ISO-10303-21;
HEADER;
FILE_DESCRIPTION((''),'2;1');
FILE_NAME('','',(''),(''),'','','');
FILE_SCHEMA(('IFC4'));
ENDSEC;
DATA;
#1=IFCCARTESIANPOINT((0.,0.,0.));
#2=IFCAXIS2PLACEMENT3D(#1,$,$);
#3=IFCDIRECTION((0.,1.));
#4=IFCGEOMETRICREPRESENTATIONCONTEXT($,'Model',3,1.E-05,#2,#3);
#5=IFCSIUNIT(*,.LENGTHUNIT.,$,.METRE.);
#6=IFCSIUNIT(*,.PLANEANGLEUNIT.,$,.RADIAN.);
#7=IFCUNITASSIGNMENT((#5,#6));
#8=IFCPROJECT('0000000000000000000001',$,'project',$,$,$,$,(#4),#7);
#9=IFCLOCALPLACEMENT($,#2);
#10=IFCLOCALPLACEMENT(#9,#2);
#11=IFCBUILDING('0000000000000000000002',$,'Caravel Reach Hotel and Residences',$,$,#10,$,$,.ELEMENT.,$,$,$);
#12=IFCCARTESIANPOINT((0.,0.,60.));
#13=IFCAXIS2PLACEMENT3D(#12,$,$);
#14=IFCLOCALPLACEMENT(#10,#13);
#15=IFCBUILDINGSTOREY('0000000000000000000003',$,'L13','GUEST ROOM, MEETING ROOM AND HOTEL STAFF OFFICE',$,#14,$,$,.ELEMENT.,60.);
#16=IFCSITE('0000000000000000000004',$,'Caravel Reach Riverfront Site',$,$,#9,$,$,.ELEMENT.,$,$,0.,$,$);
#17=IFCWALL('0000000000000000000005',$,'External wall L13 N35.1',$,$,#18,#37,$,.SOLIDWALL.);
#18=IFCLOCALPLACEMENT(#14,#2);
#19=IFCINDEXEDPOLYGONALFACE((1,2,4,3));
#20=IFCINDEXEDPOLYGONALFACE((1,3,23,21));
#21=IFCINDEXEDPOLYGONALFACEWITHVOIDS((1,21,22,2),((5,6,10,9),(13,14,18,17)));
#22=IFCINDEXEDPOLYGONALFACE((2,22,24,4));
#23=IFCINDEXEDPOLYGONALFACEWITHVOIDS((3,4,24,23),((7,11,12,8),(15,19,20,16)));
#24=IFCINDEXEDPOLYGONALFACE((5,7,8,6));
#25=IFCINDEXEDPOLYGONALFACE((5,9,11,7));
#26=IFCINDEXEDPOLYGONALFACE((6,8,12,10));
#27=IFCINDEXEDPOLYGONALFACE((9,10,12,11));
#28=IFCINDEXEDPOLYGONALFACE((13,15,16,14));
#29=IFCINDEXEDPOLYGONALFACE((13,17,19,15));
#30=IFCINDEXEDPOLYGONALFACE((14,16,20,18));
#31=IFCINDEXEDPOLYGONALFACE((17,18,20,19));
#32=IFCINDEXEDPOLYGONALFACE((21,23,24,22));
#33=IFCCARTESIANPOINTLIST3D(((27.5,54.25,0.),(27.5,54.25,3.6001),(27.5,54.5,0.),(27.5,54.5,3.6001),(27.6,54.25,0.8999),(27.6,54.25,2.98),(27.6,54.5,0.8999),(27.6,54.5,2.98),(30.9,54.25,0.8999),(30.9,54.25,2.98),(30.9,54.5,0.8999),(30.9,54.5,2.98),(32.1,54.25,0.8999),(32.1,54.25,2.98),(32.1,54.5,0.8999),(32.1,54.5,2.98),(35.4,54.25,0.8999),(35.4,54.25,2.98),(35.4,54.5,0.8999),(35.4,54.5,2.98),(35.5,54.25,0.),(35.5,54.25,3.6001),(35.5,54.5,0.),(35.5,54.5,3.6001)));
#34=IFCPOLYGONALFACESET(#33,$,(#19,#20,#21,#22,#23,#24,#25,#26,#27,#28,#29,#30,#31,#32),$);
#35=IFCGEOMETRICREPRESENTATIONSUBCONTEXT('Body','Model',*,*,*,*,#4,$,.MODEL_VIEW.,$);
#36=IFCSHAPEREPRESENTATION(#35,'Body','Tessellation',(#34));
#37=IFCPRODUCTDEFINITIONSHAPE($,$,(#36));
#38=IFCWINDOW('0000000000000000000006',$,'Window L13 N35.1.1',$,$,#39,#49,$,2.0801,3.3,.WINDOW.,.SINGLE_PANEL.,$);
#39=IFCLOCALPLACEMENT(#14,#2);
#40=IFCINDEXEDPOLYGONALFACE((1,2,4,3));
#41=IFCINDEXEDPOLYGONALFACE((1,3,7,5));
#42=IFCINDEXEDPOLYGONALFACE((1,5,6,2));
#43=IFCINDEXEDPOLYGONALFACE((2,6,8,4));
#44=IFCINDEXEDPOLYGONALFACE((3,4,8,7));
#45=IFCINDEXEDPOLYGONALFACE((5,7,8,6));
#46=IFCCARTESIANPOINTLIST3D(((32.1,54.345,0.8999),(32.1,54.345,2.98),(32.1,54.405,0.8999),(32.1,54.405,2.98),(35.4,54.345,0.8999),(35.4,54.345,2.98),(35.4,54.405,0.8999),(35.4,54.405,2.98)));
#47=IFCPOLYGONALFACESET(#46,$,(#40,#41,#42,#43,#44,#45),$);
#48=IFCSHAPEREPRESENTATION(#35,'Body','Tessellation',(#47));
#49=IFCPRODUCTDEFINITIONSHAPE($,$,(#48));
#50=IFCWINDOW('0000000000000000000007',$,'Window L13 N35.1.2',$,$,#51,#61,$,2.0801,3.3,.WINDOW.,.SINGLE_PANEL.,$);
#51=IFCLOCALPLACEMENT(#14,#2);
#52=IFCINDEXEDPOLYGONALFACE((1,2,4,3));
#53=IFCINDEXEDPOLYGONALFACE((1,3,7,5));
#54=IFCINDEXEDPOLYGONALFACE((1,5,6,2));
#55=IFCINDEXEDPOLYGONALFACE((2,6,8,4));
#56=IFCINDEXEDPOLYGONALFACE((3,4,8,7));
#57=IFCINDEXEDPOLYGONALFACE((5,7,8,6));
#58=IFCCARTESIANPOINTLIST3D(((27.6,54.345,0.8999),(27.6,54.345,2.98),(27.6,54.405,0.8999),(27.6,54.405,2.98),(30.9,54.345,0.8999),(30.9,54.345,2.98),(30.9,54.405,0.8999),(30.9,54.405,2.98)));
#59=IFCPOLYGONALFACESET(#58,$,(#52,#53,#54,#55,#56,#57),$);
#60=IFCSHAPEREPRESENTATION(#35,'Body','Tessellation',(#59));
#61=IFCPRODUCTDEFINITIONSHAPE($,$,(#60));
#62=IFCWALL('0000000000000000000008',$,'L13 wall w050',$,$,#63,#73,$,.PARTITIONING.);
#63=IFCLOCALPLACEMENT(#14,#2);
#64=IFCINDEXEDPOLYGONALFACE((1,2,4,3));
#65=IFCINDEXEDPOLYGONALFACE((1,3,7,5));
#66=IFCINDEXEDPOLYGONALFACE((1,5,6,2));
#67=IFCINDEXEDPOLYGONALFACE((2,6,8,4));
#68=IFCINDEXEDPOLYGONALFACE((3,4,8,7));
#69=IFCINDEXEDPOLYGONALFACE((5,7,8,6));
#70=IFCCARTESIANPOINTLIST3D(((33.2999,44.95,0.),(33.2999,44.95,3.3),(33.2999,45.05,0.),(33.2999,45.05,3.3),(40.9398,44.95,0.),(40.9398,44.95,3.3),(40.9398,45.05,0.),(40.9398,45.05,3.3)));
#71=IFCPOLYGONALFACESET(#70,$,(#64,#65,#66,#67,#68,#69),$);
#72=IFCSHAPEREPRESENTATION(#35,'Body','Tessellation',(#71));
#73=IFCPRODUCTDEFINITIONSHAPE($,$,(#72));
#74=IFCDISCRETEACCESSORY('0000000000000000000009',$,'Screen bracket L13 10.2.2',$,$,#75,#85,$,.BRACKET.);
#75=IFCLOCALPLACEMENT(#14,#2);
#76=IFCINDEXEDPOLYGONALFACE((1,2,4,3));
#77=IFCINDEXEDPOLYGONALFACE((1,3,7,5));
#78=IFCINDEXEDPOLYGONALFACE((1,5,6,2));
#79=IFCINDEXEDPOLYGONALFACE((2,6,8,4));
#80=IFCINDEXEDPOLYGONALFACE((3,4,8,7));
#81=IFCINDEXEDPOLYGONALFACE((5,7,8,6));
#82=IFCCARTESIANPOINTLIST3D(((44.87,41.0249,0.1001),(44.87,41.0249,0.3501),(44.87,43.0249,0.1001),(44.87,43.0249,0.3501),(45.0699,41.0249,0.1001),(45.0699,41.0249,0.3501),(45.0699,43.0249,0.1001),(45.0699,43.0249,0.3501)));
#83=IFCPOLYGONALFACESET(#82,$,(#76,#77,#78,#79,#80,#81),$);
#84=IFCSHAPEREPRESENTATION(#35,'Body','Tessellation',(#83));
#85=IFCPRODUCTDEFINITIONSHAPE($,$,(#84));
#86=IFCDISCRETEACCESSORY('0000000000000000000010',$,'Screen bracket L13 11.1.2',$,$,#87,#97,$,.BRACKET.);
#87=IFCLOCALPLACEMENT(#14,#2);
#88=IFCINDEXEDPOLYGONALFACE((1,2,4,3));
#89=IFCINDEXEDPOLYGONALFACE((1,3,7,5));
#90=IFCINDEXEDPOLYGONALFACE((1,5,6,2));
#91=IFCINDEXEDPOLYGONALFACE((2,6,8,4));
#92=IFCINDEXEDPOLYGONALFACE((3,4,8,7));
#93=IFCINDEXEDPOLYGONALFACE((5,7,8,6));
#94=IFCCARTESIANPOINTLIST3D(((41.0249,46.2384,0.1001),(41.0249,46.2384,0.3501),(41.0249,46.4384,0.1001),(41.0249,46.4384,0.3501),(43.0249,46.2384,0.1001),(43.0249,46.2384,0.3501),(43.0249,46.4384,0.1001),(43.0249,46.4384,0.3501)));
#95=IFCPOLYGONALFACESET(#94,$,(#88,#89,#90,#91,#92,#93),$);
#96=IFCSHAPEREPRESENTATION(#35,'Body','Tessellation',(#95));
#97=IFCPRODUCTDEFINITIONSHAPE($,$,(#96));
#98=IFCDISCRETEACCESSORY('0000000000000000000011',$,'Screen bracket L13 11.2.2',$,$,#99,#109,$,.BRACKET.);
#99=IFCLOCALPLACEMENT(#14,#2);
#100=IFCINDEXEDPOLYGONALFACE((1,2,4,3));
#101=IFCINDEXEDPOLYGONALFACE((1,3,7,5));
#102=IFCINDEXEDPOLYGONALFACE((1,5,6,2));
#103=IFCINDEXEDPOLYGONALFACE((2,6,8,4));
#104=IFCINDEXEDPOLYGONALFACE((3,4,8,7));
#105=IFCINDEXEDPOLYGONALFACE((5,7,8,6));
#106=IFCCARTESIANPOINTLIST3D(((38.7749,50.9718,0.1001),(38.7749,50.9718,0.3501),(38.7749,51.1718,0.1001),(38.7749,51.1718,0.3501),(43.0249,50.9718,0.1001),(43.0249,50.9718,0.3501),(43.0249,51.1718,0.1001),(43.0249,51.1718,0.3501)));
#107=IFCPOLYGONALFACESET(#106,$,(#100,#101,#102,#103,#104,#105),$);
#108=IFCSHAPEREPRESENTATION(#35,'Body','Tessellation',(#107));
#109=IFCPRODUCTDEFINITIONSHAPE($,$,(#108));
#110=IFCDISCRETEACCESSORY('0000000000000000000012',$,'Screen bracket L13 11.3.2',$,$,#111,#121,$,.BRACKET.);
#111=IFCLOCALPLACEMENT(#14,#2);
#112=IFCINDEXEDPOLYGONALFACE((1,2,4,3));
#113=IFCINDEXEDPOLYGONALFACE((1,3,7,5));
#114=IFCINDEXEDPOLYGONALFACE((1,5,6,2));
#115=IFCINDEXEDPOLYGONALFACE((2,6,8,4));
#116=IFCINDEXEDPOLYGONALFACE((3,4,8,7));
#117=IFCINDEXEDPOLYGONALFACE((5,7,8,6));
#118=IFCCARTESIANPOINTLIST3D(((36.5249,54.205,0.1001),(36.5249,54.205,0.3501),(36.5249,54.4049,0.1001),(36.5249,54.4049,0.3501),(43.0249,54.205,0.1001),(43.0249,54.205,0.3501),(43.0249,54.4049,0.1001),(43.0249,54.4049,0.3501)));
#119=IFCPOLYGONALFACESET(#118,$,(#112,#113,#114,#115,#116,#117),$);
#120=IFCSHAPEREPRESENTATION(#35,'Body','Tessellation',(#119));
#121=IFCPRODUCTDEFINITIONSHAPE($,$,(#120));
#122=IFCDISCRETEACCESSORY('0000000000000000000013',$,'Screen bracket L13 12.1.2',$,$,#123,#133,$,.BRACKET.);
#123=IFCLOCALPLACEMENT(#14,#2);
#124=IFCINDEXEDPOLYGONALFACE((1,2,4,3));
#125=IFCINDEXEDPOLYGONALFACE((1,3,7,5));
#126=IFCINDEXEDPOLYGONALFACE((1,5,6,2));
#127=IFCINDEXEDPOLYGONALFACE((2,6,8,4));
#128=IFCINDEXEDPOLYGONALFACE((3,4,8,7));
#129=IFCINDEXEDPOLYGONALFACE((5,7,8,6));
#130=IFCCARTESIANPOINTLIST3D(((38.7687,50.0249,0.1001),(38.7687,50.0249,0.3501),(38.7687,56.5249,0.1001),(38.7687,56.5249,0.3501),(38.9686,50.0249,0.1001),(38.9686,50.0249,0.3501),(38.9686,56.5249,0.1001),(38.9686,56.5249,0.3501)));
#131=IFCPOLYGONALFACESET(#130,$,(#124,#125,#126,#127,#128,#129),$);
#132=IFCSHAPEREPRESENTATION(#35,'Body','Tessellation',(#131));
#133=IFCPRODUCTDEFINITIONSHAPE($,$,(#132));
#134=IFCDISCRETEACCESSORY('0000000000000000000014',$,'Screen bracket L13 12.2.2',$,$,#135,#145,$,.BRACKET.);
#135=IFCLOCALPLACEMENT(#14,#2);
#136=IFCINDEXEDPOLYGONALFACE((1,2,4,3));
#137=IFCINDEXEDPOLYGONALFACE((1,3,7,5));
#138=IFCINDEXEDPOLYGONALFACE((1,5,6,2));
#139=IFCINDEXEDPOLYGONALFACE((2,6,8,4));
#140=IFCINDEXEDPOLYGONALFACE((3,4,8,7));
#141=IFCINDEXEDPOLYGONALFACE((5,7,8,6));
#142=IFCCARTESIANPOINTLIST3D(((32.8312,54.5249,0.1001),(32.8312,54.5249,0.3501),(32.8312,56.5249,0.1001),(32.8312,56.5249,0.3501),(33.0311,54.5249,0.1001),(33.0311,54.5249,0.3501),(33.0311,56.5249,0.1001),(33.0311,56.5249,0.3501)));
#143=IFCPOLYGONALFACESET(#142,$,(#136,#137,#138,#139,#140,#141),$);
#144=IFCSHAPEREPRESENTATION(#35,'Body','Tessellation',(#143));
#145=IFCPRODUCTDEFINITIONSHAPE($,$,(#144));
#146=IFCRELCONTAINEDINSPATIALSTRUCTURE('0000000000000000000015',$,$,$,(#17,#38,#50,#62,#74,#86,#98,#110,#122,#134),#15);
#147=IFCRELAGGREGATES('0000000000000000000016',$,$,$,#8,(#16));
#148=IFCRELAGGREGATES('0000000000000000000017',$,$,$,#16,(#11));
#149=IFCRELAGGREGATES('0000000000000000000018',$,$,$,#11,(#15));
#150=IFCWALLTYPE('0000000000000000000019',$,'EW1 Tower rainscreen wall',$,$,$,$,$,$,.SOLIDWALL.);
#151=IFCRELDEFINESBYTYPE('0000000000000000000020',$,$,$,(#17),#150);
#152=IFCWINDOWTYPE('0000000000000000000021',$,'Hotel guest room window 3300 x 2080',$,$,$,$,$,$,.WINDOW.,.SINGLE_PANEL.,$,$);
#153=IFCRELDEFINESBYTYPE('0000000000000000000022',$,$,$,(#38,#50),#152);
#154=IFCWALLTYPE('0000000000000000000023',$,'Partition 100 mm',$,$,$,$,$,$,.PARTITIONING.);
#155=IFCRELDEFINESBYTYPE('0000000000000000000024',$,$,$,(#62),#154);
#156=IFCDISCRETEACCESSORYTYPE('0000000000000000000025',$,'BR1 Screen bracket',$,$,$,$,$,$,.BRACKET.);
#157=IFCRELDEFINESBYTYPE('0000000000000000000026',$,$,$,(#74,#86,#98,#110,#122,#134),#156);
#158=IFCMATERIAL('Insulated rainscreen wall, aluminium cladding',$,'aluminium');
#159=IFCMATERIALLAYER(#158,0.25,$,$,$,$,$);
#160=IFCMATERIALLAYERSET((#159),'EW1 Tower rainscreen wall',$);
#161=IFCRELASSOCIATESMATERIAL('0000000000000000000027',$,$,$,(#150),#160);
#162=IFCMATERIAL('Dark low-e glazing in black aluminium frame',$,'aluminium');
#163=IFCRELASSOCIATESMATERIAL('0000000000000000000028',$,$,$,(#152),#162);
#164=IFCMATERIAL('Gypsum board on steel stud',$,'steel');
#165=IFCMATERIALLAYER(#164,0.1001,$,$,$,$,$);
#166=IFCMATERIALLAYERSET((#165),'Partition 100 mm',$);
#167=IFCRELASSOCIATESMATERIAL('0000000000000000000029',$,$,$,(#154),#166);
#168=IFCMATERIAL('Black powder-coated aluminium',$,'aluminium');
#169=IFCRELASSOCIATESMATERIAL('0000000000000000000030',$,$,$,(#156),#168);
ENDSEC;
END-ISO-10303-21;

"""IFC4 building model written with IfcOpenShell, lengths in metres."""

from ifc_helpers import new_model, si_unit, direction, frame, frame_2d, origin, origin_2d, place, context, subcontext, project, spatial, rectangle, extrude, material, layer, layer_set, type_object, element, fill, save


model = new_model("IFC4")

# Units and contexts
model_context = context("Model", 3, precision=1e-05, world=origin(), true_north=direction((0.0, 1.0)))
body_context = subcontext(model_context, "Body", "Model", "MODEL_VIEW")
ifc_project = project(units=[si_unit("LENGTHUNIT", "METRE"), si_unit("PLANEANGLEUNIT", "RADIAN")], contexts=[model_context])

# Site, building, storey
site_placement = place(None, origin())
site = spatial("IfcSite", under=ifc_project, at=site_placement, Name="Caravel Reach Riverfront Site", CompositionType="ELEMENT", RefElevation=0.0)
building_placement = place(site_placement, origin())
building = spatial("IfcBuilding", under=site, at=building_placement, Name="Caravel Reach Hotel and Residences", CompositionType="ELEMENT")
storey_placement = place(building_placement, frame((0.0, 0.0, 60.0)))
storey = spatial("IfcBuildingStorey", under=building, at=storey_placement, Name="L13", Description="GUEST ROOM, MEETING ROOM AND HOTEL STAFF OFFICE", CompositionType="ELEMENT", Elevation=60.0)

# Shared definitions
ifc_material_1 = material(Name="Insulated rainscreen wall, aluminium cladding", Category="aluminium")
ifc_layer_1 = layer(ifc_material_1, 0.25)
ifc_layer_set_1 = layer_set([ifc_layer_1], Name="EW1 Tower rainscreen wall")
wall_type_1 = type_object("IfcWallType", Name="EW1 Tower rainscreen wall", PredefinedType="SOLIDWALL", material=ifc_layer_set_1)

# Wall, openings, windows
wall_1_placement = place(storey_placement, frame((35.5, 54.375, 0.0), z_axis=(0.0, 0.0, 1.0), x_axis=(-1.0, 0.0, 0.0)))
wall_1 = element("IfcWall", 1, at=wall_1_placement, inside=storey, type_object=wall_type_1, Name="External wall L13 N35.1", PredefinedType="SOLIDWALL", context=body_context, shape_type="SweptSolid", body=[
    extrude(rectangle(XDim=8.0, YDim=0.25, at=frame_2d((4.0, 0.0))), origin(), (0.0, 0.0, 1.0), 3.6001),
])
opening_1_placement = place(wall_1_placement, frame((0.1001, 0.0, 0.8999)))
opening_1 = element("IfcOpeningElement", 2, at=opening_1_placement, cuts=wall_1, PredefinedType="OPENING", context=body_context, shape_type="SweptSolid", body=[
    extrude(rectangle(XDim=3.3, YDim=2.0801, at=frame_2d((1.6499, 1.04))), frame((0.0, 0.135, 0.0), z_axis=(0.0, -1.0, 0.0), x_axis=(1.0, 0.0, 0.0)), (0.0, 0.0, 1.0), 0.27),
])
opening_2_placement = place(wall_1_placement, frame((4.6001, 0.0, 0.8999)))
opening_2 = element("IfcOpeningElement", 3, at=opening_2_placement, cuts=wall_1, PredefinedType="OPENING", context=body_context, shape_type="SweptSolid", body=[
    extrude(rectangle(XDim=3.3, YDim=2.0801, at=frame_2d((1.6499, 1.04))), frame((0.0, 0.135, 0.0), z_axis=(0.0, -1.0, 0.0), x_axis=(1.0, 0.0, 0.0)), (0.0, 0.0, 1.0), 0.27),
])
ifc_material_2 = material(Name="Dark low-e glazing in black aluminium frame", Category="aluminium")
window_type_1 = type_object("IfcWindowType", Name="Hotel guest room window 3300 x 2080", PartitioningType="SINGLE_PANEL", PredefinedType="WINDOW", material=ifc_material_2)
window_1_placement = place(opening_1_placement, origin())
window_1 = element("IfcWindow", 4, at=window_1_placement, inside=storey, type_object=window_type_1, Name="Window L13 N35.1.1", OverallHeight=2.0801, OverallWidth=3.3, PartitioningType="SINGLE_PANEL", PredefinedType="WINDOW", context=body_context, shape_type="SweptSolid", body=[
    extrude(rectangle(XDim=3.3, YDim=2.0801, at=frame_2d((1.6499, 1.04))), frame((0.0, 0.03, 0.0), z_axis=(0.0, -1.0, 0.0), x_axis=(1.0, 0.0, 0.0)), (0.0, 0.0, 1.0), 0.0601),
])
fill(opening_1, window_1)
window_2_placement = place(opening_2_placement, origin())
window_2 = element("IfcWindow", 5, at=window_2_placement, inside=storey, type_object=window_type_1, Name="Window L13 N35.1.2", OverallHeight=2.0801, OverallWidth=3.3, PartitioningType="SINGLE_PANEL", PredefinedType="WINDOW", context=body_context, shape_type="SweptSolid", body=[
    extrude(rectangle(XDim=3.3, YDim=2.0801, at=frame_2d((1.6499, 1.04))), frame((0.0, 0.03, 0.0), z_axis=(0.0, -1.0, 0.0), x_axis=(1.0, 0.0, 0.0)), (0.0, 0.0, 1.0), 0.0601),
])
fill(opening_2, window_2)

# Wall
ifc_material_3 = material(Name="Gypsum board on steel stud", Category="steel")
ifc_layer_2 = layer(ifc_material_3, 0.1001)
ifc_layer_set_2 = layer_set([ifc_layer_2], Name="Partition 100 mm")
wall_type_2 = type_object("IfcWallType", Name="Partition 100 mm", PredefinedType="PARTITIONING", material=ifc_layer_set_2)
wall_2_placement = place(storey_placement, frame((33.3, 45.0, 0.0), z_axis=(0.0, 0.0, 1.0), x_axis=(1.0, 0.0, 0.0)))
element("IfcWall", 6, at=wall_2_placement, inside=storey, type_object=wall_type_2, Name="L13 wall w050", PredefinedType="PARTITIONING", context=body_context, shape_type="SweptSolid", body=[
    extrude(rectangle(XDim=7.6399, YDim=0.1001, at=frame_2d((3.8198, 0.0))), origin(), (0.0, 0.0, 1.0), 3.3),
])

# Discrete accessories
ifc_material_4 = material(Name="Black powder-coated aluminium", Category="aluminium")
discrete_accessory_type = type_object("IfcDiscreteAccessoryType", Name="BR1 Screen bracket", PredefinedType="BRACKET", material=ifc_material_4)
for number, where, z_axis, x_axis, name in (
    (7, (44.97, 42.0249, 0.1001), (0.0, 0.0, 1.0), (0.0, 1.0, 0.0), "Screen bracket L13 10.2.2"),
    (8, (42.0249, 46.3384, 0.1001), (0.0, 0.0, 1.0), (1.0, 0.0, 0.0), "Screen bracket L13 11.1.2"),
):
    element("IfcDiscreteAccessory", number, at=place(storey_placement, frame(where, z_axis=z_axis, x_axis=x_axis)), inside=storey, type_object=discrete_accessory_type, Name=name, PredefinedType="BRACKET", context=body_context, shape_type="SweptSolid", body=[
        extrude(rectangle(XDim=2.0, YDim=0.2, at=origin_2d()), origin(), (0.0, 0.0, 1.0), 0.25),
    ])
discrete_accessory_1_placement = place(storey_placement, frame((40.8999, 51.0718, 0.1001), z_axis=(0.0, 0.0, 1.0), x_axis=(1.0, 0.0, 0.0)))
element("IfcDiscreteAccessory", 9, at=discrete_accessory_1_placement, inside=storey, type_object=discrete_accessory_type, Name="Screen bracket L13 11.2.2", PredefinedType="BRACKET", context=body_context, shape_type="SweptSolid", body=[
    extrude(rectangle(XDim=4.25, YDim=0.2, at=origin_2d()), origin(), (0.0, 0.0, 1.0), 0.25),
])
for number, where, z_axis, x_axis, name in (
    (10, (39.7749, 54.3049, 0.1001), (0.0, 0.0, 1.0), (1.0, 0.0, 0.0), "Screen bracket L13 11.3.2"),
    (11, (38.8687, 53.2749, 0.1001), (0.0, 0.0, 1.0), (0.0, 1.0, 0.0), "Screen bracket L13 12.1.2"),
):
    element("IfcDiscreteAccessory", number, at=place(storey_placement, frame(where, z_axis=z_axis, x_axis=x_axis)), inside=storey, type_object=discrete_accessory_type, Name=name, PredefinedType="BRACKET", context=body_context, shape_type="SweptSolid", body=[
        extrude(rectangle(XDim=6.5, YDim=0.2, at=origin_2d()), origin(), (0.0, 0.0, 1.0), 0.25),
    ])
discrete_accessory_2_placement = place(storey_placement, frame((32.9312, 55.5249, 0.1001), z_axis=(0.0, 0.0, 1.0), x_axis=(0.0, 1.0, 0.0)))
element("IfcDiscreteAccessory", 12, at=discrete_accessory_2_placement, inside=storey, type_object=discrete_accessory_type, Name="Screen bracket L13 12.2.2", PredefinedType="BRACKET", context=body_context, shape_type="SweptSolid", body=[
    extrude(rectangle(XDim=2.0, YDim=0.2, at=origin_2d()), origin(), (0.0, 0.0, 1.0), 0.25),
])

save(model, "model.ifc")
